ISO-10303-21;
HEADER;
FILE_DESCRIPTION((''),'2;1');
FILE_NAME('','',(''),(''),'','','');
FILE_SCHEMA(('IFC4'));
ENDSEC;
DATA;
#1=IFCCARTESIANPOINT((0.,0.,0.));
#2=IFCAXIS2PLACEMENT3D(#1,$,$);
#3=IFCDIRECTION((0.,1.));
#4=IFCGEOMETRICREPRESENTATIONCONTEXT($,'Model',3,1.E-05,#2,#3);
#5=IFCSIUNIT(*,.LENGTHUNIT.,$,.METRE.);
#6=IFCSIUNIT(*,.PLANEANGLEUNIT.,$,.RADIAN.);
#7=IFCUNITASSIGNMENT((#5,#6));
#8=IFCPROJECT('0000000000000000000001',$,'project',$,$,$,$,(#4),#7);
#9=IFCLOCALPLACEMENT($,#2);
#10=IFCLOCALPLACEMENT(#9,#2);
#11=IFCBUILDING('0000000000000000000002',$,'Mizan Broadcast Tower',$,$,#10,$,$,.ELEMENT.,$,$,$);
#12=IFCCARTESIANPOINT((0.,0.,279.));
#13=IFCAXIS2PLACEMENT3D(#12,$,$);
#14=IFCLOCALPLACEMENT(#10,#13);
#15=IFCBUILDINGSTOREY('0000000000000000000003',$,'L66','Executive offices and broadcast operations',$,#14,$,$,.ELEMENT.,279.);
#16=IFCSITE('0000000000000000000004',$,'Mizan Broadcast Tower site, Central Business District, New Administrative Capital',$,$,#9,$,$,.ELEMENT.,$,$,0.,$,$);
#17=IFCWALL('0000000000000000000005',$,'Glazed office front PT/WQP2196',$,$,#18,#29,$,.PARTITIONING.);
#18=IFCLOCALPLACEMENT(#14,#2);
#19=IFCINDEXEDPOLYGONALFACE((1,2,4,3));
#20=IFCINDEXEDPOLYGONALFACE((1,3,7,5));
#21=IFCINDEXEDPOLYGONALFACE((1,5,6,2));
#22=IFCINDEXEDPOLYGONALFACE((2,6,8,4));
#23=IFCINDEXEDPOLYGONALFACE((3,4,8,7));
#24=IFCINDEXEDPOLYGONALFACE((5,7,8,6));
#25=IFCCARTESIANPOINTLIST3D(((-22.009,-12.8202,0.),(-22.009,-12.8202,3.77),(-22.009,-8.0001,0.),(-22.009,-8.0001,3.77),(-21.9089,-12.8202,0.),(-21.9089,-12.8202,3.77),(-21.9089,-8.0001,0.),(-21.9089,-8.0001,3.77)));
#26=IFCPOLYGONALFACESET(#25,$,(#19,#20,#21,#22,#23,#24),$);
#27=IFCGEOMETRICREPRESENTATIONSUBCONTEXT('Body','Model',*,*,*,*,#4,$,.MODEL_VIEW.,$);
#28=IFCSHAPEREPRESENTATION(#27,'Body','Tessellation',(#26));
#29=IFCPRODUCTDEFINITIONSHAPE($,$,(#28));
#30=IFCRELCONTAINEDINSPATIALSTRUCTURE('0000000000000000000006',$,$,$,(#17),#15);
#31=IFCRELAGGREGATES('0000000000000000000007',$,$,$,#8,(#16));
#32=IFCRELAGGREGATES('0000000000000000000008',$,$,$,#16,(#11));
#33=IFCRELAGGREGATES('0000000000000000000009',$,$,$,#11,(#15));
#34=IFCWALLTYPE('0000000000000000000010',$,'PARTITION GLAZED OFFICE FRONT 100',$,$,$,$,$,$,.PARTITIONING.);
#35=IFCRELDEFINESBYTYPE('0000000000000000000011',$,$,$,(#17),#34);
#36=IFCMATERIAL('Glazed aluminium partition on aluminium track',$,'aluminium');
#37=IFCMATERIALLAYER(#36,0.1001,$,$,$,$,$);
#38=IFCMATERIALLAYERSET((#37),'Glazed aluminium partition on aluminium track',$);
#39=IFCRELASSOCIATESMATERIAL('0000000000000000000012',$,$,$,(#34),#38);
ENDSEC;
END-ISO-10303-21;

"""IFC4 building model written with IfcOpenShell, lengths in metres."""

from ifc_helpers import new_model, si_unit, direction, frame, frame_2d, origin, place, context, subcontext, project, spatial, rectangle, extrude, material, layer, layer_set, type_object, element, save


model = new_model("IFC4")

# Units and contexts
model_context = context("Model", 3, precision=1e-05, world=origin(), true_north=direction((0.0, 1.0)))
body_context = subcontext(model_context, "Body", "Model", "MODEL_VIEW")
ifc_project = project(units=[si_unit("LENGTHUNIT", "METRE"), si_unit("PLANEANGLEUNIT", "RADIAN")], contexts=[model_context])

# Site, building, storey
site_placement = place(None, origin())
site = spatial("IfcSite", under=ifc_project, at=site_placement, Name="Mizan Broadcast Tower site, Central Business District, New Administrative Capital", CompositionType="ELEMENT", RefElevation=0.0)
building_placement = place(site_placement, origin())
building = spatial("IfcBuilding", under=site, at=building_placement, Name="Mizan Broadcast Tower", CompositionType="ELEMENT")
storey_placement = place(building_placement, frame((0.0, 0.0, 279.0)))
storey = spatial("IfcBuildingStorey", under=building, at=storey_placement, Name="L66", Description="Executive offices and broadcast operations", CompositionType="ELEMENT", Elevation=279.0)

# Wall
ifc_material_1 = material(Name="Glazed aluminium partition on aluminium track", Category="aluminium")
ifc_layer_1 = layer(ifc_material_1, 0.1001)
ifc_layer_set_1 = layer_set([ifc_layer_1], Name="Glazed aluminium partition on aluminium track")
wall_type = type_object("IfcWallType", Name="PARTITION GLAZED OFFICE FRONT 100", PredefinedType="PARTITIONING", material=ifc_layer_set_1)
wall_placement = place(storey_placement, frame((-21.959, -8.0, 0.0), z_axis=(0.0, 0.0, 1.0), x_axis=(0.0, -1.0, 0.0)))
element("IfcWall", 1, at=wall_placement, inside=storey, type_object=wall_type, Name="Glazed office front PT/WQP2196", PredefinedType="PARTITIONING", context=body_context, shape_type="SweptSolid", body=[
    extrude(rectangle(XDim=4.8201, YDim=0.1001, at=frame_2d((2.4102, 0.0))), origin(), (0.0, 0.0, 1.0), 3.77),
])

save(model, "model.ifc")
